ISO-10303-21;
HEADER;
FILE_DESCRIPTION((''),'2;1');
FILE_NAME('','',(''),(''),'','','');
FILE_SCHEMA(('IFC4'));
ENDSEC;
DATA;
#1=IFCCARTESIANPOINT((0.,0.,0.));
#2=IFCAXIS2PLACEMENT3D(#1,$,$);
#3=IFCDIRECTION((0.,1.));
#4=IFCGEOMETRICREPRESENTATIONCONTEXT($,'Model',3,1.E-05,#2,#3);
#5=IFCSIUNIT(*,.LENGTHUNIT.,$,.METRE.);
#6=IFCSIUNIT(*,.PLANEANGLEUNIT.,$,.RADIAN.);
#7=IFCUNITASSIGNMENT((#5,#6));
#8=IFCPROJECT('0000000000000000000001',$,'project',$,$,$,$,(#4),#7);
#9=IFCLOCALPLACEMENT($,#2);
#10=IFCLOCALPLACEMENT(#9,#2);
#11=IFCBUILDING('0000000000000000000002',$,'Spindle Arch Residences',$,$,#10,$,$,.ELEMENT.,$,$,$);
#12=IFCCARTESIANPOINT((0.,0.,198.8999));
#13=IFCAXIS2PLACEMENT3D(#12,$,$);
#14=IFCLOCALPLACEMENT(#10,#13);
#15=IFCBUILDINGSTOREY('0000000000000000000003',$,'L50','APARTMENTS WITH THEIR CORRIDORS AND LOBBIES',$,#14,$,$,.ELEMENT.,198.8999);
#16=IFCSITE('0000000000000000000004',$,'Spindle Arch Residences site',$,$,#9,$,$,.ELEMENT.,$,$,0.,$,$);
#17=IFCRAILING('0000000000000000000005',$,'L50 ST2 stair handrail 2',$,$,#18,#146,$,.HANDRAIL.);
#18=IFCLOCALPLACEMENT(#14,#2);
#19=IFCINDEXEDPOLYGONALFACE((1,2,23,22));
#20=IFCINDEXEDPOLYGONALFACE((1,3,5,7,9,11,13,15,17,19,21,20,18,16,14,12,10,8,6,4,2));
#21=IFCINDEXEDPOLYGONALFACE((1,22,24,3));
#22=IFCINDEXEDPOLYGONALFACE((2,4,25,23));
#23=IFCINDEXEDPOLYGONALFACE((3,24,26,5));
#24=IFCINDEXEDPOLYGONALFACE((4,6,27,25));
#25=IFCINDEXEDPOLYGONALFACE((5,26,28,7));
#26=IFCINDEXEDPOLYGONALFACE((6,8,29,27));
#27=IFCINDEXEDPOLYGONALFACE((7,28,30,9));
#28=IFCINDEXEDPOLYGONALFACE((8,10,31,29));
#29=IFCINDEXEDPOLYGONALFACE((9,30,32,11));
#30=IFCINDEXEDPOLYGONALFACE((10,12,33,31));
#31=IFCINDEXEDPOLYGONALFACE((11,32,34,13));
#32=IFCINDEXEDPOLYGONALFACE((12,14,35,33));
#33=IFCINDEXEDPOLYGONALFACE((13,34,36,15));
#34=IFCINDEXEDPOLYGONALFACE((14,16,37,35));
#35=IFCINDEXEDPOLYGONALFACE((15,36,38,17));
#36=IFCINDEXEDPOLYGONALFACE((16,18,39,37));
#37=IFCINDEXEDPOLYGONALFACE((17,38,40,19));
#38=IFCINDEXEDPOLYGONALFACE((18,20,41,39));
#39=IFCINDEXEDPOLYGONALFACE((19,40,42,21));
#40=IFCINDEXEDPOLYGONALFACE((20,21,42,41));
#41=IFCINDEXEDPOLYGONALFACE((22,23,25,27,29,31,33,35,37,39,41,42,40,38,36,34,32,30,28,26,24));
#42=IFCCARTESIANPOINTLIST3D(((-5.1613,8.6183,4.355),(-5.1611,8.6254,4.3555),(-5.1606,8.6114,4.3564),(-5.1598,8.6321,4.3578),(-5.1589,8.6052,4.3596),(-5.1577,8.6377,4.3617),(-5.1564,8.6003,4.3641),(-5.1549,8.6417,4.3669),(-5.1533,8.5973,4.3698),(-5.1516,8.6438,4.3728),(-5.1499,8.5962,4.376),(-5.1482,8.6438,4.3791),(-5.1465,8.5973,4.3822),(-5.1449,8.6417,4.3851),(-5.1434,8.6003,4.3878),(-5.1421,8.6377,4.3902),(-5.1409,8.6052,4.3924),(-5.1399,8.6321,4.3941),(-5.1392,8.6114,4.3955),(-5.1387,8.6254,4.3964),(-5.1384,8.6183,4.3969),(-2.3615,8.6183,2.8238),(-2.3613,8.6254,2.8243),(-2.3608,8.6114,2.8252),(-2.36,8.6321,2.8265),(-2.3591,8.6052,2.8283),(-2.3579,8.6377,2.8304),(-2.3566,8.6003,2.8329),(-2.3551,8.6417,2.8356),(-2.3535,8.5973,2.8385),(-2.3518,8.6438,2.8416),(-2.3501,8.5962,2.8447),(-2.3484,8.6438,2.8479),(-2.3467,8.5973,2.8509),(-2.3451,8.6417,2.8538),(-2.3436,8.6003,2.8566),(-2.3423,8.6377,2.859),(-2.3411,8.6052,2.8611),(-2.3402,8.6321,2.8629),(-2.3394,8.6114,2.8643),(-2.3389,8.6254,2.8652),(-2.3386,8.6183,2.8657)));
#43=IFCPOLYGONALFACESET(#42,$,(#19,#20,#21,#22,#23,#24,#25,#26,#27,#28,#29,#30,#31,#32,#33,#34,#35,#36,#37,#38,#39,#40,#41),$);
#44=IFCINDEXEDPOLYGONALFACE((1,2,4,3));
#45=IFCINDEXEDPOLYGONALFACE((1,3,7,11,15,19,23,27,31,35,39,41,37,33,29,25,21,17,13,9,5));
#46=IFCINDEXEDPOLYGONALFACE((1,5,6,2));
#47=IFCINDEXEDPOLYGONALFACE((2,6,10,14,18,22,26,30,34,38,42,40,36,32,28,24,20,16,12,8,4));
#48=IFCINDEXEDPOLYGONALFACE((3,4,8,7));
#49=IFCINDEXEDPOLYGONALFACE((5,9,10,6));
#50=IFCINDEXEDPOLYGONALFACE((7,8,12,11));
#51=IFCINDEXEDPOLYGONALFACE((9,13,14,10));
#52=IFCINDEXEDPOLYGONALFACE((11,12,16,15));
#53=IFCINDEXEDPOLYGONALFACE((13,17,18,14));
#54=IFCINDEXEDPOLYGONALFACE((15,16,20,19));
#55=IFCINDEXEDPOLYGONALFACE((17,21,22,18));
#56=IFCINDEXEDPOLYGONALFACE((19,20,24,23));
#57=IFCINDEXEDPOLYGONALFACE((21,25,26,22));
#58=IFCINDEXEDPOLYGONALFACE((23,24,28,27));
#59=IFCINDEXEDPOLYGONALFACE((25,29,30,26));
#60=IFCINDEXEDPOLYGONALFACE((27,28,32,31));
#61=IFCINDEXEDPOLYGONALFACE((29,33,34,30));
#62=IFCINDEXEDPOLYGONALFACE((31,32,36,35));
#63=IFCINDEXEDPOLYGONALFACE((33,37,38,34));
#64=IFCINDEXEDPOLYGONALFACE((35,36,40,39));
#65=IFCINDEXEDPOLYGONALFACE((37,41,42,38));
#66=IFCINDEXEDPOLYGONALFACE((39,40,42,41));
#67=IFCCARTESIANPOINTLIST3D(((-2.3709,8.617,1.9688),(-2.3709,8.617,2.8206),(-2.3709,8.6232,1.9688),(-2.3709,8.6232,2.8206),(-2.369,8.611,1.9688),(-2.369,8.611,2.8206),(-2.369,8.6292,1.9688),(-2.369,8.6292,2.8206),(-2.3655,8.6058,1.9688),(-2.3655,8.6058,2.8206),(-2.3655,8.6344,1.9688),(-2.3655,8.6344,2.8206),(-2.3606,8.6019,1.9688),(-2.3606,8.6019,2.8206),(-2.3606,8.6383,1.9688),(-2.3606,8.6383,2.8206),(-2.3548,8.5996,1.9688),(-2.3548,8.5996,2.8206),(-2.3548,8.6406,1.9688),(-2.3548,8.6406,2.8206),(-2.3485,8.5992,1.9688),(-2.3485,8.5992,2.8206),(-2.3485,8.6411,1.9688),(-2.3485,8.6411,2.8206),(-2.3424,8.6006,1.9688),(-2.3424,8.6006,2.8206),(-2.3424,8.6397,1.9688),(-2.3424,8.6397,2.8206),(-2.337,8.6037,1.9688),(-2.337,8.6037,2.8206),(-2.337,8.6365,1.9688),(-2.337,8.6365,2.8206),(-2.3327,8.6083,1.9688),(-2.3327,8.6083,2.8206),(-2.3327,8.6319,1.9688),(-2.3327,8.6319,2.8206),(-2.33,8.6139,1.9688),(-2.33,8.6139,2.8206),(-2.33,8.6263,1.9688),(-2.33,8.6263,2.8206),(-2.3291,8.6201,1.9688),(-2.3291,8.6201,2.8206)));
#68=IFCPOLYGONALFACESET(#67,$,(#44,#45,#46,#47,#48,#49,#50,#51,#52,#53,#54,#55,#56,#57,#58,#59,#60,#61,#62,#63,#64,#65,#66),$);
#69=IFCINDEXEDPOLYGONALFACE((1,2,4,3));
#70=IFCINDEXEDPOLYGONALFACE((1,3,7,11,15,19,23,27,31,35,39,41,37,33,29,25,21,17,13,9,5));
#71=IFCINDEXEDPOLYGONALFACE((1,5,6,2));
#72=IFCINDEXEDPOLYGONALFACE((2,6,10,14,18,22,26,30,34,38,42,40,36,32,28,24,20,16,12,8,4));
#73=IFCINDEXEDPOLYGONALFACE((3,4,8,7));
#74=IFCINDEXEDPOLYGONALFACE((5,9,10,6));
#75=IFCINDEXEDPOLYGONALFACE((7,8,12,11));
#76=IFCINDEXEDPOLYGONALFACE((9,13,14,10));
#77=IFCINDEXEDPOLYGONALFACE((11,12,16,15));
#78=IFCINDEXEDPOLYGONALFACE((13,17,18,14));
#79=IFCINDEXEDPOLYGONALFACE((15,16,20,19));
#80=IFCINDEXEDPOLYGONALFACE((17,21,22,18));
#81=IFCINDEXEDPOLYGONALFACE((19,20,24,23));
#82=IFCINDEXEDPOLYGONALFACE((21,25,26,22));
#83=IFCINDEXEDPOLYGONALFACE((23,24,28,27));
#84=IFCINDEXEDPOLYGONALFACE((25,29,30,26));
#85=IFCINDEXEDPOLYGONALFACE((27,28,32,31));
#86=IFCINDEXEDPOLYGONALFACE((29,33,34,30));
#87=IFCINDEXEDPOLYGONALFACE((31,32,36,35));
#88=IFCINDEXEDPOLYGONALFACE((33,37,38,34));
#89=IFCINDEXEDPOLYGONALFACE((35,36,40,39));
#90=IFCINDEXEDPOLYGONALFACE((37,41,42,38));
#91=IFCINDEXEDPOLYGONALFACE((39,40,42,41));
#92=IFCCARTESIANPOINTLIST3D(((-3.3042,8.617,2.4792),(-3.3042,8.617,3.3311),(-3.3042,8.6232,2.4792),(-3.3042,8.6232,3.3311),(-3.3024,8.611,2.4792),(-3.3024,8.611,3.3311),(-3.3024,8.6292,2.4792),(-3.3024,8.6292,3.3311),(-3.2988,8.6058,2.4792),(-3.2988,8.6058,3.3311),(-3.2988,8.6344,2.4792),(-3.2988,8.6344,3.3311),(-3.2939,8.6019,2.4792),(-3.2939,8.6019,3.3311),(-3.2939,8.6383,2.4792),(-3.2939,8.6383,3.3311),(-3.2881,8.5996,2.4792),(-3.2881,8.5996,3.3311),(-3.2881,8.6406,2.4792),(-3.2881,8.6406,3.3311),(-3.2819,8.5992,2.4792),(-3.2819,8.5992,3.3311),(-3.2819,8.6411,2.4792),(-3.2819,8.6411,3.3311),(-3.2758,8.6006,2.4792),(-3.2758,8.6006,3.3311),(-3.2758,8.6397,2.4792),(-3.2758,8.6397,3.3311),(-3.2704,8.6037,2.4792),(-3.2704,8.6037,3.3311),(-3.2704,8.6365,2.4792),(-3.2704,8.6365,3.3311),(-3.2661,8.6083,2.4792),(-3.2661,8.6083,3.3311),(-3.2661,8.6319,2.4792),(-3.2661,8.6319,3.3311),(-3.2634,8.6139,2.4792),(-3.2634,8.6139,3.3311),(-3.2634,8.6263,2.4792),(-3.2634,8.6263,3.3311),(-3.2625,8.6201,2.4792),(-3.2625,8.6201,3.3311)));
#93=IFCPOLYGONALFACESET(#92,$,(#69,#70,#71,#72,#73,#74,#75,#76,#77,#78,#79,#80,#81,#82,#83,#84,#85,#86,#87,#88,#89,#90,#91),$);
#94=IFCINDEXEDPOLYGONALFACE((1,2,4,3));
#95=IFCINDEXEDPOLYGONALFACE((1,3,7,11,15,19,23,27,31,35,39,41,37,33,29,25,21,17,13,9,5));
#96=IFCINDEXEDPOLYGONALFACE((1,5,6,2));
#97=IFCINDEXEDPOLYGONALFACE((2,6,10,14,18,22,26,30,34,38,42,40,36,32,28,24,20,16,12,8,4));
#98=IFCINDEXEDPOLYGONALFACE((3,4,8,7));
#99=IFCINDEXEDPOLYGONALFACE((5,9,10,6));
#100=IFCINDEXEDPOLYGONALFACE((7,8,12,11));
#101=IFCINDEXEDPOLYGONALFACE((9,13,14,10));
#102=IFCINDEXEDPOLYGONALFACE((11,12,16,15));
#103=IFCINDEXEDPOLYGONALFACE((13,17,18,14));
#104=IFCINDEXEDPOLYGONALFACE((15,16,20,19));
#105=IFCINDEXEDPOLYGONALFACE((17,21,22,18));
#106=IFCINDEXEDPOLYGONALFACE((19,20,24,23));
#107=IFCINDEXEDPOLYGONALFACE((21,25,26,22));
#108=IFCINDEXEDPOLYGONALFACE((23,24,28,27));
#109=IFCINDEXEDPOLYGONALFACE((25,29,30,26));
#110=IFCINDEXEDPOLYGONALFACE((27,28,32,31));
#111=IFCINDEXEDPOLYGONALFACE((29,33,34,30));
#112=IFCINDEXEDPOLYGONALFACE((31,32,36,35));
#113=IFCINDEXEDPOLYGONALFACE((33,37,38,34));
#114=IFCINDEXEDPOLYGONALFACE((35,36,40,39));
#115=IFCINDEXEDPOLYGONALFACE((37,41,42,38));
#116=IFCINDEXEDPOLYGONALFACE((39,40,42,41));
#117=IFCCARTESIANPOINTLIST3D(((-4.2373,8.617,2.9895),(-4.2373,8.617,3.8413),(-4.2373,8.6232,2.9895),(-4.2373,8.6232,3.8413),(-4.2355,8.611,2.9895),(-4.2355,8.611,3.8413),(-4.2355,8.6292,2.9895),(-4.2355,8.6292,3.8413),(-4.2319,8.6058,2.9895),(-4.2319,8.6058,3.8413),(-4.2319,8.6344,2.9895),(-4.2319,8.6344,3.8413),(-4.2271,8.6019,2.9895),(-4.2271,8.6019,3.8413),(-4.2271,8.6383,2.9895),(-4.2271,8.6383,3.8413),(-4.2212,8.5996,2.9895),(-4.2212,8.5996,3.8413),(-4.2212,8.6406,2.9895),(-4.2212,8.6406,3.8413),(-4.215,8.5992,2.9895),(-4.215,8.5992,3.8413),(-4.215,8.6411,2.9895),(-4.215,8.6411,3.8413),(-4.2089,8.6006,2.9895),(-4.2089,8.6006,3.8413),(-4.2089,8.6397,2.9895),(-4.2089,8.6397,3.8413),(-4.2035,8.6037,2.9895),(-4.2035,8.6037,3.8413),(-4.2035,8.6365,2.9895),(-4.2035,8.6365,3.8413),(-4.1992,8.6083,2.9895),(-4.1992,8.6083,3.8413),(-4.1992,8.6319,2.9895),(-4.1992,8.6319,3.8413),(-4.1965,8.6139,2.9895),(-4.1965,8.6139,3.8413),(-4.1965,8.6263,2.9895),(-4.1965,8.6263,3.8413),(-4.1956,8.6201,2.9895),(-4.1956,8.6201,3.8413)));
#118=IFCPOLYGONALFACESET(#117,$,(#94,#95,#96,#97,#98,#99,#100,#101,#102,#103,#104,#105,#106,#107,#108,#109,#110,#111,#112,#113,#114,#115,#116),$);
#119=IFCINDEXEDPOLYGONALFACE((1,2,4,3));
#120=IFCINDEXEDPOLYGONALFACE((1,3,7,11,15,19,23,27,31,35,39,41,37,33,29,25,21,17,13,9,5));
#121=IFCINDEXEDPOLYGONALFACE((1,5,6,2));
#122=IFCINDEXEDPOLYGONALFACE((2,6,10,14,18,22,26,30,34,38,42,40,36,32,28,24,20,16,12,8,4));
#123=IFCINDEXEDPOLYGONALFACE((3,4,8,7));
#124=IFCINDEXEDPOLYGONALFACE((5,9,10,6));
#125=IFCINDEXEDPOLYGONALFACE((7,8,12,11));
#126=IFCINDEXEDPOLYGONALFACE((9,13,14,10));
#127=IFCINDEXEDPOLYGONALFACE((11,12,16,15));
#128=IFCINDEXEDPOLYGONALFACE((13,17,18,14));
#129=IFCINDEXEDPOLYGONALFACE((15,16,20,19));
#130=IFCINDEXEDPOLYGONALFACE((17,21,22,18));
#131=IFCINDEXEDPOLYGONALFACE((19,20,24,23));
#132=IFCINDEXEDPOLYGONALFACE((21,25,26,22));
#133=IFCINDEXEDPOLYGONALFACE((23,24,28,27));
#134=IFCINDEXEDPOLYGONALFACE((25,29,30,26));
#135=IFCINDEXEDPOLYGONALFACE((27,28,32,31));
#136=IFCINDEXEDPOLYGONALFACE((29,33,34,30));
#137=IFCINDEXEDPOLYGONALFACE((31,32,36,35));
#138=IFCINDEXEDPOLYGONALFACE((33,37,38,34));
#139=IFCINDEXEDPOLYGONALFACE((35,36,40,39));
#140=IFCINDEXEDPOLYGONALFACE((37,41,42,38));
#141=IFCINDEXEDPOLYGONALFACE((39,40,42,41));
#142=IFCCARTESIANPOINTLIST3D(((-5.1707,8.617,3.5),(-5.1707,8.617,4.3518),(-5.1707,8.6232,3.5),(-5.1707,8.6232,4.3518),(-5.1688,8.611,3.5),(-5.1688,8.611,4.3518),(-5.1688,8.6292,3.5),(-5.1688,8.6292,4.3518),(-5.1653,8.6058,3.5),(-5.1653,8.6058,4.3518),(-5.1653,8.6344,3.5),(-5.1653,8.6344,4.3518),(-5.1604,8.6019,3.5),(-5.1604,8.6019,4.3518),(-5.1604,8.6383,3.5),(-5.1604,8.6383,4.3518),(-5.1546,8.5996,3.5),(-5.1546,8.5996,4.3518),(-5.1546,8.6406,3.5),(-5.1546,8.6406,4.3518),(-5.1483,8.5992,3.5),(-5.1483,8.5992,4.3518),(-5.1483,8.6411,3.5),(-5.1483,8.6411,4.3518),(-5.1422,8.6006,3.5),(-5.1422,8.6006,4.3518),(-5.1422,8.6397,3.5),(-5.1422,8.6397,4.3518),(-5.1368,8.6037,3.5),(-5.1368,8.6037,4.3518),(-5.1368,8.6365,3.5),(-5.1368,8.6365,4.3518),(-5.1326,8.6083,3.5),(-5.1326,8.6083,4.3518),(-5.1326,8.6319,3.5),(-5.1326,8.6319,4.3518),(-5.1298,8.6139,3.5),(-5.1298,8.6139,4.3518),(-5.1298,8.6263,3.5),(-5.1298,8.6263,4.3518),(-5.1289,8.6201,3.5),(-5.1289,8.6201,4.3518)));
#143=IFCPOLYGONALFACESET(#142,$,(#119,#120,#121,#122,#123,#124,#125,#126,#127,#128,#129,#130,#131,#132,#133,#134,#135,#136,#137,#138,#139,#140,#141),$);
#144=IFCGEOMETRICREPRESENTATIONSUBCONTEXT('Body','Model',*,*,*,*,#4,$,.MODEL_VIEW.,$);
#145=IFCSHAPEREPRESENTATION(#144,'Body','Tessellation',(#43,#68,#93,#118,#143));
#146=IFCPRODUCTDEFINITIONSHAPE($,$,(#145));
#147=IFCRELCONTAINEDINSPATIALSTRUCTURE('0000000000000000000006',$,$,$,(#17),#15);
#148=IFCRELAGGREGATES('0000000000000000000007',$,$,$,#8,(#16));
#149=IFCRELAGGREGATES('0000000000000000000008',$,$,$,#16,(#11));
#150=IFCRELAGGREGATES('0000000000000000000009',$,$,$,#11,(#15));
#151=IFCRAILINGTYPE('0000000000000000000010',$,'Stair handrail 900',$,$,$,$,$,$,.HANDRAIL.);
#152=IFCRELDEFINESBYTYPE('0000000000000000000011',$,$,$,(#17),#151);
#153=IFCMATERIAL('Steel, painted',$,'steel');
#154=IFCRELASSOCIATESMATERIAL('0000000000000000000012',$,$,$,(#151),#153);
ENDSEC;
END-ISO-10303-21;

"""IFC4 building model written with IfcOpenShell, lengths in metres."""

from ifc_helpers import new_model, si_unit, direction, frame, origin, origin_2d, place, context, subcontext, project, spatial, circle, extrude, material, type_object, element, save


model = new_model("IFC4")

# Units and contexts
model_context = context("Model", 3, precision=1e-05, world=origin(), true_north=direction((0.0, 1.0)))
body_context = subcontext(model_context, "Body", "Model", "MODEL_VIEW")
ifc_project = project(units=[si_unit("LENGTHUNIT", "METRE"), si_unit("PLANEANGLEUNIT", "RADIAN")], contexts=[model_context])

# Site, building, storey
site_placement = place(None, origin())
site = spatial("IfcSite", under=ifc_project, at=site_placement, Name="Spindle Arch Residences site", CompositionType="ELEMENT", RefElevation=0.0)
building_placement = place(site_placement, origin())
building = spatial("IfcBuilding", under=site, at=building_placement, Name="Spindle Arch Residences", CompositionType="ELEMENT")
storey_placement = place(building_placement, frame((0.0, 0.0, 198.8999)))
storey = spatial("IfcBuildingStorey", under=building, at=storey_placement, Name="L50", Description="APARTMENTS WITH THEIR CORRIDORS AND LOBBIES", CompositionType="ELEMENT", Elevation=198.8999)

# Railing
ifc_material_1 = material(Name="Steel, painted", Category="steel")
railing_type_1 = type_object("IfcRailingType", Name="Stair handrail 900", PredefinedType="HANDRAIL", material=ifc_material_1)
railing_1_placement = place(storey_placement, frame((-2.3501, 8.6201, 1.9688)))
element("IfcRailing", 1, at=railing_1_placement, inside=storey, type_object=railing_type_1, Name="L50 ST2 stair handrail 2", PredefinedType="HANDRAIL", context=body_context, shape_type="SweptSolid", body=[
    extrude(circle(Radius=0.0239, at=origin_2d()), frame((0.0, 0.0, 0.876), z_axis=(-0.877357, 0.0, 0.479838), x_axis=(0.0, -1.0, 0.0)), (0.0, 0.0, 1.0), 3.1912),
    extrude(circle(Radius=0.021, at=origin_2d()), origin(), (0.0, 0.0, 1.0), 0.8518),
    extrude(circle(Radius=0.021, at=origin_2d()), frame((-0.9333, 0.0, 0.5105)), (0.0, 0.0, 1.0), 0.8518),
    extrude(circle(Radius=0.021, at=origin_2d()), frame((-1.8665, 0.0, 1.0208)), (0.0, 0.0, 1.0), 0.8518),
    extrude(circle(Radius=0.021, at=origin_2d()), frame((-2.7998, 0.0, 1.5312)), (0.0, 0.0, 1.0), 0.8518),
])

save(model, "model.ifc")
